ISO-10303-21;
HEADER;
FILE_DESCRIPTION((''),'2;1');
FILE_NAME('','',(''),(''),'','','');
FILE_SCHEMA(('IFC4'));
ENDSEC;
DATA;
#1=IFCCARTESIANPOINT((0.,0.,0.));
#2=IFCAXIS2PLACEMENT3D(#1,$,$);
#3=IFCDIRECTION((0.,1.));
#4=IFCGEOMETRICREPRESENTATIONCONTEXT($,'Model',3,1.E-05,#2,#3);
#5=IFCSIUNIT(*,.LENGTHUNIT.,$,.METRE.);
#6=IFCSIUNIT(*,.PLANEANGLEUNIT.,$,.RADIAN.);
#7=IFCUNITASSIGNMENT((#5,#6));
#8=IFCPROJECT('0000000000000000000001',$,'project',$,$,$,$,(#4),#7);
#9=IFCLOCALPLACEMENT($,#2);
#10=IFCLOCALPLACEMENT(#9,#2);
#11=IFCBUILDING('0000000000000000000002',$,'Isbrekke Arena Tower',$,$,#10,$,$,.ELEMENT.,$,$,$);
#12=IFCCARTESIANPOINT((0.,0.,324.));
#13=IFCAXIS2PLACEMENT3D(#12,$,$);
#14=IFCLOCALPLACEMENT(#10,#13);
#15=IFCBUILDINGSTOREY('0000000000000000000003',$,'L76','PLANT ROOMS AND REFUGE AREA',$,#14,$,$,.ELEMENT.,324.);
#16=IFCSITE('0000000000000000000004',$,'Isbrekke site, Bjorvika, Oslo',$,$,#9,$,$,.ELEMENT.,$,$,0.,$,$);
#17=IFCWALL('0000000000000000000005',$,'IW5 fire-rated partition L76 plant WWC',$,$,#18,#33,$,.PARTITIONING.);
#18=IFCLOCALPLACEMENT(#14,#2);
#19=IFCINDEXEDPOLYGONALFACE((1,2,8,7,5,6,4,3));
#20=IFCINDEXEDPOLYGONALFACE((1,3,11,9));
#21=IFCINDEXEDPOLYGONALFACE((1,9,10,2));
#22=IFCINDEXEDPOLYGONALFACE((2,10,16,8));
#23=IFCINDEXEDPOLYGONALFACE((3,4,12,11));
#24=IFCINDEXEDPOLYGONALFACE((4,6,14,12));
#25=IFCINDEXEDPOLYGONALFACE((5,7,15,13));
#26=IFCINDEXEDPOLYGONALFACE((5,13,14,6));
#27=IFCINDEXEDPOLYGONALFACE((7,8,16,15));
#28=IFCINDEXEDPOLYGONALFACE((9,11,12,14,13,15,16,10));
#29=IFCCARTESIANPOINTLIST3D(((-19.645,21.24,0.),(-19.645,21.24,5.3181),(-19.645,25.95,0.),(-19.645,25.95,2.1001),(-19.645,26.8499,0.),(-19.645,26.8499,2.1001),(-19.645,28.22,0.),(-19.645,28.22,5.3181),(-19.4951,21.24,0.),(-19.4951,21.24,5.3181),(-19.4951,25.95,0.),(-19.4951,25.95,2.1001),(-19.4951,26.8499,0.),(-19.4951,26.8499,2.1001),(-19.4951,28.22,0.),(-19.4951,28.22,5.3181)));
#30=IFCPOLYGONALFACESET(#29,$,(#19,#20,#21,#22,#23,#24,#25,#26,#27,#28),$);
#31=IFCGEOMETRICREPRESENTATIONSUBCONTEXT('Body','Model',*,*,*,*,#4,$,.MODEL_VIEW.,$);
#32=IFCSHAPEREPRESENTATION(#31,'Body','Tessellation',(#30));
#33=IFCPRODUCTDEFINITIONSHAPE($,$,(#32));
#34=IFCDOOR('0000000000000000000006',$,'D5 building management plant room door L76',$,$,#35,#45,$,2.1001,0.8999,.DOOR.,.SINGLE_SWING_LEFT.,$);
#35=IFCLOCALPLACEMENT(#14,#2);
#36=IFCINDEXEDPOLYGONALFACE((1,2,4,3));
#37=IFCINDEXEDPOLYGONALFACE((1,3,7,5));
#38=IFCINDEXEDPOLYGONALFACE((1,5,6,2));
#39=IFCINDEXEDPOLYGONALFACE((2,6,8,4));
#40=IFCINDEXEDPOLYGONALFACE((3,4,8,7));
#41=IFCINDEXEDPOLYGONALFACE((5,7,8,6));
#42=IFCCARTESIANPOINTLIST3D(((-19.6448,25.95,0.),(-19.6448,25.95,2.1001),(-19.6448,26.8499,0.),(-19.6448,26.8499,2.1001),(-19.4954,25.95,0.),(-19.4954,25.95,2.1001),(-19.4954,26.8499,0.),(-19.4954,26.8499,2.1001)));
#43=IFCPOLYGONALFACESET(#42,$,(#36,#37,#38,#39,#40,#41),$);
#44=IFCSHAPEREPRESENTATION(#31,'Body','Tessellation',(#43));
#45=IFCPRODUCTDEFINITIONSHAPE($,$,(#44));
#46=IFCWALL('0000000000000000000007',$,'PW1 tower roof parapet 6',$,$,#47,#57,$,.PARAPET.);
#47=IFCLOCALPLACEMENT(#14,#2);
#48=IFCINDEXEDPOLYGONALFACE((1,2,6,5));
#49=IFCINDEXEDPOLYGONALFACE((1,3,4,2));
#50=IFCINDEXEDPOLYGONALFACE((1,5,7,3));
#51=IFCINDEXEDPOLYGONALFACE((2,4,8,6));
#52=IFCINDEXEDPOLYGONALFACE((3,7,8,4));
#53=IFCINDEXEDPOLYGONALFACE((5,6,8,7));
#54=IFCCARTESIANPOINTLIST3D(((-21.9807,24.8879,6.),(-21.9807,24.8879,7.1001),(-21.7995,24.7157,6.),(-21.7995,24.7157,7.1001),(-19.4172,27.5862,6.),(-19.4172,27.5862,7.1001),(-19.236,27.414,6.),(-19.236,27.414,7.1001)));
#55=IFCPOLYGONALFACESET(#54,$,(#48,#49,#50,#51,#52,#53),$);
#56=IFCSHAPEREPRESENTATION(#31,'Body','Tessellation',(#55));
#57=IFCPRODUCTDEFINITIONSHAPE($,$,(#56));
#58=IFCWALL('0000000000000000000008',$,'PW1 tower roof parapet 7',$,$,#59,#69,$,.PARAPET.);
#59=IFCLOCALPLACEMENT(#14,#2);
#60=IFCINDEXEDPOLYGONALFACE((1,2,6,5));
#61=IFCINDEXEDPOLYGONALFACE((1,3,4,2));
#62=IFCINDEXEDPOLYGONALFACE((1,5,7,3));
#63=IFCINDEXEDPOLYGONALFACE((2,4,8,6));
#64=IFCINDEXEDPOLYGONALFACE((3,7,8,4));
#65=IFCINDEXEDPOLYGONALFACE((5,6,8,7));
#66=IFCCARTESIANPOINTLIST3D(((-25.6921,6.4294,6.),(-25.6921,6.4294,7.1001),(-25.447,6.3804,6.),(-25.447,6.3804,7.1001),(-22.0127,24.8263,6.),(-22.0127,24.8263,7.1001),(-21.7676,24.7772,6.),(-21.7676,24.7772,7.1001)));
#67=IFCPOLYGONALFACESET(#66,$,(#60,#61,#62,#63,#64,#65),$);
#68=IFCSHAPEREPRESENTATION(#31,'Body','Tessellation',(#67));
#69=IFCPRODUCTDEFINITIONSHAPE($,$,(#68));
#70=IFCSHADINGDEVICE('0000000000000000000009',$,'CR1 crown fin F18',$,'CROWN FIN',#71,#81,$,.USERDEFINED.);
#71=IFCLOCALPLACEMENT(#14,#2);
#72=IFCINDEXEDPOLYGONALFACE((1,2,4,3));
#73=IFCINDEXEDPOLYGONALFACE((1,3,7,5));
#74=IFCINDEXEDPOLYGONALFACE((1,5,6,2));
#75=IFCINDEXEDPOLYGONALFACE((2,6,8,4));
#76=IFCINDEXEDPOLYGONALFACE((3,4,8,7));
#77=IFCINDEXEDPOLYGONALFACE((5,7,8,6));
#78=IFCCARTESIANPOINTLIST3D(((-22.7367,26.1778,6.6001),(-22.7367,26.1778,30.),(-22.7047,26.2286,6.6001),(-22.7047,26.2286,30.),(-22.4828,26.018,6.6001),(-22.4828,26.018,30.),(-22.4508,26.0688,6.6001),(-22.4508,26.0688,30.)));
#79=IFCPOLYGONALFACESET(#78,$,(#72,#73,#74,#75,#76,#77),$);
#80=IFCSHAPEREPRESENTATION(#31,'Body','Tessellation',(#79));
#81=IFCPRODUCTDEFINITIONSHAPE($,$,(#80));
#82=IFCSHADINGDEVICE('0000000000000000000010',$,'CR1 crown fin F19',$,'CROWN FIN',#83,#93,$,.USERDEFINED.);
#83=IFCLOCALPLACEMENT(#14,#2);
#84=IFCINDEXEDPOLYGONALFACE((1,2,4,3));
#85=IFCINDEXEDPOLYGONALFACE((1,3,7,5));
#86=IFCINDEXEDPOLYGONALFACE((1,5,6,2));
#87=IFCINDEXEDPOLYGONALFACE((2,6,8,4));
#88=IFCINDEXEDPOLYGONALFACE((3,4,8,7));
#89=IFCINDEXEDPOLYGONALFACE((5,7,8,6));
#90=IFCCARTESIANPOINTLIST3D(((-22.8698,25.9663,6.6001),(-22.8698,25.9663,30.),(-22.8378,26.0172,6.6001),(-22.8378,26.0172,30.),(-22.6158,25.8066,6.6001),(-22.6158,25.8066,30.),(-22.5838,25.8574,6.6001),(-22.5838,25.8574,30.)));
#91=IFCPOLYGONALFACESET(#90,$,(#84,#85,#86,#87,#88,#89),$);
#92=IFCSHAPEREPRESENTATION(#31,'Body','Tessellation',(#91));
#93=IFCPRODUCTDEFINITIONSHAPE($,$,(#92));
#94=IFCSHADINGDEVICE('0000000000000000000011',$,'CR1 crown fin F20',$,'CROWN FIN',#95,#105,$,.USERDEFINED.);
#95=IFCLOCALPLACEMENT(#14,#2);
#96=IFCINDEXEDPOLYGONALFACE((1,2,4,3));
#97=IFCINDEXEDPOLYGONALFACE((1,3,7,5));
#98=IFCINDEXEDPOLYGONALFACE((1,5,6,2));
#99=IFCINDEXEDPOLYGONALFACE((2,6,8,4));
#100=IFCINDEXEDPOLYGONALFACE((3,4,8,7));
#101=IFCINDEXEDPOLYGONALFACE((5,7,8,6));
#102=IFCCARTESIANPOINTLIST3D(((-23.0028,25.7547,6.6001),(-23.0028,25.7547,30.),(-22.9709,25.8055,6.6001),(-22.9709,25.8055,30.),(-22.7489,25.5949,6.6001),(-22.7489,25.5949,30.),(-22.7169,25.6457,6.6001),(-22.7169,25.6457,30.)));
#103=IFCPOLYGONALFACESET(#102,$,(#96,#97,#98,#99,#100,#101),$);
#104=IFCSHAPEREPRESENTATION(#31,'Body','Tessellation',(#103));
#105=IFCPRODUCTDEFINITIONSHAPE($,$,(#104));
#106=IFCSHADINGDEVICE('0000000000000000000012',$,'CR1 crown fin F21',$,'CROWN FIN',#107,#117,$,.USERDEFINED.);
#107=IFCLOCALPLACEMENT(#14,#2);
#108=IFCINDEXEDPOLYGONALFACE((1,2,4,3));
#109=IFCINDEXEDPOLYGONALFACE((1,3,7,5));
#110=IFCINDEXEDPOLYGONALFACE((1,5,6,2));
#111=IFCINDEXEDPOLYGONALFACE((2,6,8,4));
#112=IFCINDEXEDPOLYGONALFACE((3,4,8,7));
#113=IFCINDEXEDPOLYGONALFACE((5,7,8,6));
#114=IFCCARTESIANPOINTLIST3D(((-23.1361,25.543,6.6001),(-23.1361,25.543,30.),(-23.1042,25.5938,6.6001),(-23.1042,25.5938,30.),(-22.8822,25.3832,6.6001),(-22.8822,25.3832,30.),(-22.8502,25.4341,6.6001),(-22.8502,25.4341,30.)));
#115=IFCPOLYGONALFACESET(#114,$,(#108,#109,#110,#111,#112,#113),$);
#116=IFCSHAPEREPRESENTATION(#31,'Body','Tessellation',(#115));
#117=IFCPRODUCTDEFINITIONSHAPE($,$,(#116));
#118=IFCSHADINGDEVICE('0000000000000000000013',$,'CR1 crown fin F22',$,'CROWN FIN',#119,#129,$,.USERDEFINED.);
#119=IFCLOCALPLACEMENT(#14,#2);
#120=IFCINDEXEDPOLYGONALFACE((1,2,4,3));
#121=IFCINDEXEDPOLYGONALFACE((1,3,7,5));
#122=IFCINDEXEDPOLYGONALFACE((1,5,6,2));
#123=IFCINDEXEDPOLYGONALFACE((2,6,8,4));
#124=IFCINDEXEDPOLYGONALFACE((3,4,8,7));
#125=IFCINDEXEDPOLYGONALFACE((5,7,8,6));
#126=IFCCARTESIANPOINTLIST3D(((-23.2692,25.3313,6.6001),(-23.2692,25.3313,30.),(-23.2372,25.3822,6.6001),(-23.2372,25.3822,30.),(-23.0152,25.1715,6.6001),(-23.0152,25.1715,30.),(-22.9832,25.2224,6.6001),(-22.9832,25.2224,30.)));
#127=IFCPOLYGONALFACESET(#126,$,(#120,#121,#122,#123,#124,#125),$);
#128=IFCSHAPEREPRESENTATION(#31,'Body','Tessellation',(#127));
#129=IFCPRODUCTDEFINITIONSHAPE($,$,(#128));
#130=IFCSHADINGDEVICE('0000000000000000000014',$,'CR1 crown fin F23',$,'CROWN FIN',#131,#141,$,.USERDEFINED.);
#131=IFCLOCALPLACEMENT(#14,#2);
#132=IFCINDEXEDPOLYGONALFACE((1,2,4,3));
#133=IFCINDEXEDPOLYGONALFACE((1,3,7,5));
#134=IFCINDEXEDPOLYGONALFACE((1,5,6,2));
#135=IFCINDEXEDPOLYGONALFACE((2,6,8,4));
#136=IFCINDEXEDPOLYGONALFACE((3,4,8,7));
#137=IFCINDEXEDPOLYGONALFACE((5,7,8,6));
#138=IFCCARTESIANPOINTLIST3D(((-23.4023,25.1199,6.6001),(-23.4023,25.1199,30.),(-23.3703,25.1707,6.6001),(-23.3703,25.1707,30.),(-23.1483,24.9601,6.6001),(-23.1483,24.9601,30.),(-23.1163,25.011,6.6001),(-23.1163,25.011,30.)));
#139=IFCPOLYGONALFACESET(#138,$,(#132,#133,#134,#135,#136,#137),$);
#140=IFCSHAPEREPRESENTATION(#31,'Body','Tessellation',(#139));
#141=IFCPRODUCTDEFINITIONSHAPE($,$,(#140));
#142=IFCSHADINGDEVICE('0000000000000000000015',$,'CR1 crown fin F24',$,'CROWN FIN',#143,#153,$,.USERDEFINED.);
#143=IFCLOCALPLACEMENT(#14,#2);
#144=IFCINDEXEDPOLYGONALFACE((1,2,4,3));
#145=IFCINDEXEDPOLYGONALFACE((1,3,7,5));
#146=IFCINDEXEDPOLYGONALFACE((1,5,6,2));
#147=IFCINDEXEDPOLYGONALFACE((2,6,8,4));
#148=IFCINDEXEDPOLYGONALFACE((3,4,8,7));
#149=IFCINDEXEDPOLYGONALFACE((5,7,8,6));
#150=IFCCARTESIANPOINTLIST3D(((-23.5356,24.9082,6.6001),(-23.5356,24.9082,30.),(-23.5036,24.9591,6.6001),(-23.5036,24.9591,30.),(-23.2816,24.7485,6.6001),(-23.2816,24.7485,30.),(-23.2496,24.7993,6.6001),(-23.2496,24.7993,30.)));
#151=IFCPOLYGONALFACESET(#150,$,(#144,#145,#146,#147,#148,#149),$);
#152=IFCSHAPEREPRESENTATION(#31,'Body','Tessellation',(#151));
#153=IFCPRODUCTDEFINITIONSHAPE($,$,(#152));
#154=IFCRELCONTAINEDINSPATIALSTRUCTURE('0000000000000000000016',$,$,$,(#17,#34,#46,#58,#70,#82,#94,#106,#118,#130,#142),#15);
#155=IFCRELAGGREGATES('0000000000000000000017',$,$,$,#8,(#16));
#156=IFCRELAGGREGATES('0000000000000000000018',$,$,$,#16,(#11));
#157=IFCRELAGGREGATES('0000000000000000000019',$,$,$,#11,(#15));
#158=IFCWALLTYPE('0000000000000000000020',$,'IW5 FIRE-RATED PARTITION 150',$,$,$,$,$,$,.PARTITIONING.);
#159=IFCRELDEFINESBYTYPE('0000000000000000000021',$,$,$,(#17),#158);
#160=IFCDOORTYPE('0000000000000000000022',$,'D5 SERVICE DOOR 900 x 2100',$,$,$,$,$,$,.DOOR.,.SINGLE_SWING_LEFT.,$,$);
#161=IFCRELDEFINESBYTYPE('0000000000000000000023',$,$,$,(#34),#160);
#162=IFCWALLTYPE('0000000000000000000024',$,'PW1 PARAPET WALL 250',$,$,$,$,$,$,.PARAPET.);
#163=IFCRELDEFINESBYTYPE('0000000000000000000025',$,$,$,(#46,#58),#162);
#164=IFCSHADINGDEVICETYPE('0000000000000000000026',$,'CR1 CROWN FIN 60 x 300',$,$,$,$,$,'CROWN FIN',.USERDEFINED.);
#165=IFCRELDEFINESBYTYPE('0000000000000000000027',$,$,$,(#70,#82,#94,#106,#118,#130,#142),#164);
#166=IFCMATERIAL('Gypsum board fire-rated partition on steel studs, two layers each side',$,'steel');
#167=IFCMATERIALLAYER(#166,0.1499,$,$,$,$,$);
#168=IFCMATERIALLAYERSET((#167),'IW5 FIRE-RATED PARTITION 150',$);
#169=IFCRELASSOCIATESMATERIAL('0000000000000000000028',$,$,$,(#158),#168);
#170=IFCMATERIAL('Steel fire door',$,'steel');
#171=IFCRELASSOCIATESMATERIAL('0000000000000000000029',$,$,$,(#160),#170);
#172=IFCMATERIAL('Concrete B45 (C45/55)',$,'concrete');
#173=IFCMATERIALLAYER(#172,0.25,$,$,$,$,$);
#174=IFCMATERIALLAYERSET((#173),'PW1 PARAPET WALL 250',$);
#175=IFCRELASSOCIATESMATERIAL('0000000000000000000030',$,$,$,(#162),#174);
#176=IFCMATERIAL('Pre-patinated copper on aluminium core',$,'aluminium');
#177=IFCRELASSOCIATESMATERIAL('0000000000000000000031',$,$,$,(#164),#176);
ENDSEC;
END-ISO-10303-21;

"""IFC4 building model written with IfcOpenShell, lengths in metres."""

from ifc_helpers import new_model, si_unit, direction, frame, frame_2d, origin, origin_2d, place, context, subcontext, project, spatial, rectangle, extrude, material, layer, layer_set, material_profile, profile_set, type_object, element, fill, save


model = new_model("IFC4")

# Units and contexts
model_context = context("Model", 3, precision=1e-05, world=origin(), true_north=direction((0.0, 1.0)))
body_context = subcontext(model_context, "Body", "Model", "MODEL_VIEW")
ifc_project = project(units=[si_unit("LENGTHUNIT", "METRE"), si_unit("PLANEANGLEUNIT", "RADIAN")], contexts=[model_context])

# Site, building, storey
site_placement = place(None, origin())
site = spatial("IfcSite", under=ifc_project, at=site_placement, Name="Isbrekke site, Bjorvika, Oslo", CompositionType="ELEMENT", RefElevation=0.0)
building_placement = place(site_placement, origin())
building = spatial("IfcBuilding", under=site, at=building_placement, Name="Isbrekke Arena Tower", CompositionType="ELEMENT")
storey_placement = place(building_placement, frame((0.0, 0.0, 324.0)))
storey = spatial("IfcBuildingStorey", under=building, at=storey_placement, Name="L76", Description="PLANT ROOMS AND REFUGE AREA", CompositionType="ELEMENT", Elevation=324.0)

# Shared definitions
ifc_material_1 = material(Name="Gypsum board fire-rated partition on steel studs, two layers each side", Category="steel")
ifc_layer_1 = layer(ifc_material_1, 0.1499)
ifc_layer_set_1 = layer_set([ifc_layer_1], Name="IW5 FIRE-RATED PARTITION 150")
wall_type_1 = type_object("IfcWallType", Name="IW5 FIRE-RATED PARTITION 150", PredefinedType="PARTITIONING", material=ifc_layer_set_1)

# Wall, opening, door
wall_1_placement = place(storey_placement, frame((-19.5701, 21.24, 0.0), z_axis=(0.0, 0.0, 1.0), x_axis=(0.0, 1.0, 0.0)))
wall_1 = element("IfcWall", 1, at=wall_1_placement, inside=storey, type_object=wall_type_1, Name="IW5 fire-rated partition L76 plant WWC", PredefinedType="PARTITIONING", context=body_context, shape_type="SweptSolid", body=[
    extrude(rectangle(XDim=6.98, YDim=0.1499, at=frame_2d((3.49, 0.0))), origin(), (0.0, 0.0, 1.0), 5.3181),
])
opening_1_placement = place(wall_1_placement, frame((4.71, 0.0, 0.0)))
opening_1 = element("IfcOpeningElement", 2, at=opening_1_placement, cuts=wall_1, PredefinedType="OPENING", context=body_context, shape_type="SweptSolid", body=[
    extrude(rectangle(XDim=0.8999, YDim=2.1001, at=frame_2d((0.45, 1.05))), frame((0.0, 0.0898, 0.0), z_axis=(0.0, -1.0, 0.0), x_axis=(1.0, 0.0, 0.0)), (0.0, 0.0, 1.0), 0.1797),
])
ifc_material_2 = material(Name="Steel fire door", Category="steel")
door_type_1 = type_object("IfcDoorType", Name="D5 SERVICE DOOR 900 x 2100", OperationType="SINGLE_SWING_LEFT", PredefinedType="DOOR", material=ifc_material_2)
door_1_placement = place(opening_1_placement, origin())
door_1 = element("IfcDoor", 3, at=door_1_placement, inside=storey, type_object=door_type_1, Name="D5 building management plant room door L76", OperationType="SINGLE_SWING_LEFT", OverallHeight=2.1001, OverallWidth=0.8999, PredefinedType="DOOR", context=body_context, shape_type="SweptSolid", body=[
    extrude(rectangle(XDim=0.8999, YDim=2.1001, at=frame_2d((0.45, 1.05))), frame((0.0, 0.0747, 0.0), z_axis=(0.0, -1.0, 0.0), x_axis=(1.0, 0.0, 0.0)), (0.0, 0.0, 1.0), 0.1494),
])
fill(opening_1, door_1)

# Walls
ifc_material_3 = material(Name="Concrete B45 (C45/55)", Category="concrete")
ifc_layer_2 = layer(ifc_material_3, 0.25)
ifc_layer_set_2 = layer_set([ifc_layer_2], Name="PW1 PARAPET WALL 250")
wall_type_2 = type_object("IfcWallType", Name="PW1 PARAPET WALL 250", PredefinedType="PARAPET", material=ifc_layer_set_2)
wall_2_placement = place(storey_placement, frame((-19.3267, 27.5, 6.0), z_axis=(0.0, 0.0, 1.0), x_axis=(-0.68877, -0.72498, 0.0)))
element("IfcWall", 4, at=wall_2_placement, inside=storey, type_object=wall_type_2, Name="PW1 tower roof parapet 6", PredefinedType="PARAPET", context=body_context, shape_type="SweptSolid", body=[
    extrude(rectangle(XDim=3.7219, YDim=0.25, at=frame_2d((1.8608, 0.0))), origin(), (0.0, 0.0, 1.0), 1.1001),
])
wall_3_placement = place(storey_placement, frame((-21.8901, 24.8018, 6.0), z_axis=(0.0, 0.0, 1.0), x_axis=(-0.196119, -0.98058, 0.0)))
element("IfcWall", 5, at=wall_3_placement, inside=storey, type_object=wall_type_2, Name="PW1 tower roof parapet 7", PredefinedType="PARAPET", context=body_context, shape_type="SweptSolid", body=[
    extrude(rectangle(XDim=18.7612, YDim=0.25, at=frame_2d((9.3806, 0.0))), origin(), (0.0, 0.0, 1.0), 1.1001),
])

# Shading devices
ifc_material_4 = material(Name="Pre-patinated copper on aluminium core", Category="aluminium")
ifc_material_profile_1 = material_profile(ifc_material_4, rectangle(XDim=0.0601, YDim=0.3, at=origin_2d()), Name="FIN 60X300")
ifc_profile_set_1 = profile_set([ifc_material_profile_1], Name="Pre-patinated copper on aluminium core")
shading_device_type = type_object("IfcShadingDeviceType", Name="CR1 CROWN FIN 60 x 300", ElementType="CROWN FIN", PredefinedType="USERDEFINED", material=ifc_profile_set_1)
for number, where, z_axis, x_axis, name in (
    (6, (-22.5938, 26.1233, 6.6001), (0.0, 0.0, 1.0), (-0.532529, -0.846412, 0.0), "CR1 crown fin F18"),
    (7, (-22.7268, 25.9119, 6.6001), (0.0, 0.0, 1.0), (-0.532529, -0.846412, 0.0), "CR1 crown fin F19"),
    (8, (-22.8599, 25.7002, 6.6001), (0.0, 0.0, 1.0), (-0.532529, -0.846412, 0.0), "CR1 crown fin F20"),
    (9, (-22.9932, 25.4885, 6.6001), (0.0, 0.0, 1.0), (-0.532529, -0.846412, 0.0), "CR1 crown fin F21"),
    (10, (-23.1262, 25.2769, 6.6001), (0.0, 0.0, 1.0), (-0.532529, -0.846412, 0.0), "CR1 crown fin F22"),
    (11, (-23.2593, 25.0654, 6.6001), (0.0, 0.0, 1.0), (-0.532529, -0.846412, 0.0), "CR1 crown fin F23"),
    (12, (-23.3926, 24.8538, 6.6001), (0.0, 0.0, 1.0), (-0.532529, -0.846412, 0.0), "CR1 crown fin F24"),
):
    element("IfcShadingDevice", number, at=place(storey_placement, frame(where, z_axis=z_axis, x_axis=x_axis)), inside=storey, type_object=shading_device_type, Name=name, ObjectType="CROWN FIN", PredefinedType="USERDEFINED", context=body_context, shape_type="SweptSolid", body=[
        extrude(rectangle(XDim=0.0601, YDim=0.3, at=origin_2d()), origin(), (0.0, 0.0, 1.0), 23.3999),
    ])

save(model, "model.ifc")
